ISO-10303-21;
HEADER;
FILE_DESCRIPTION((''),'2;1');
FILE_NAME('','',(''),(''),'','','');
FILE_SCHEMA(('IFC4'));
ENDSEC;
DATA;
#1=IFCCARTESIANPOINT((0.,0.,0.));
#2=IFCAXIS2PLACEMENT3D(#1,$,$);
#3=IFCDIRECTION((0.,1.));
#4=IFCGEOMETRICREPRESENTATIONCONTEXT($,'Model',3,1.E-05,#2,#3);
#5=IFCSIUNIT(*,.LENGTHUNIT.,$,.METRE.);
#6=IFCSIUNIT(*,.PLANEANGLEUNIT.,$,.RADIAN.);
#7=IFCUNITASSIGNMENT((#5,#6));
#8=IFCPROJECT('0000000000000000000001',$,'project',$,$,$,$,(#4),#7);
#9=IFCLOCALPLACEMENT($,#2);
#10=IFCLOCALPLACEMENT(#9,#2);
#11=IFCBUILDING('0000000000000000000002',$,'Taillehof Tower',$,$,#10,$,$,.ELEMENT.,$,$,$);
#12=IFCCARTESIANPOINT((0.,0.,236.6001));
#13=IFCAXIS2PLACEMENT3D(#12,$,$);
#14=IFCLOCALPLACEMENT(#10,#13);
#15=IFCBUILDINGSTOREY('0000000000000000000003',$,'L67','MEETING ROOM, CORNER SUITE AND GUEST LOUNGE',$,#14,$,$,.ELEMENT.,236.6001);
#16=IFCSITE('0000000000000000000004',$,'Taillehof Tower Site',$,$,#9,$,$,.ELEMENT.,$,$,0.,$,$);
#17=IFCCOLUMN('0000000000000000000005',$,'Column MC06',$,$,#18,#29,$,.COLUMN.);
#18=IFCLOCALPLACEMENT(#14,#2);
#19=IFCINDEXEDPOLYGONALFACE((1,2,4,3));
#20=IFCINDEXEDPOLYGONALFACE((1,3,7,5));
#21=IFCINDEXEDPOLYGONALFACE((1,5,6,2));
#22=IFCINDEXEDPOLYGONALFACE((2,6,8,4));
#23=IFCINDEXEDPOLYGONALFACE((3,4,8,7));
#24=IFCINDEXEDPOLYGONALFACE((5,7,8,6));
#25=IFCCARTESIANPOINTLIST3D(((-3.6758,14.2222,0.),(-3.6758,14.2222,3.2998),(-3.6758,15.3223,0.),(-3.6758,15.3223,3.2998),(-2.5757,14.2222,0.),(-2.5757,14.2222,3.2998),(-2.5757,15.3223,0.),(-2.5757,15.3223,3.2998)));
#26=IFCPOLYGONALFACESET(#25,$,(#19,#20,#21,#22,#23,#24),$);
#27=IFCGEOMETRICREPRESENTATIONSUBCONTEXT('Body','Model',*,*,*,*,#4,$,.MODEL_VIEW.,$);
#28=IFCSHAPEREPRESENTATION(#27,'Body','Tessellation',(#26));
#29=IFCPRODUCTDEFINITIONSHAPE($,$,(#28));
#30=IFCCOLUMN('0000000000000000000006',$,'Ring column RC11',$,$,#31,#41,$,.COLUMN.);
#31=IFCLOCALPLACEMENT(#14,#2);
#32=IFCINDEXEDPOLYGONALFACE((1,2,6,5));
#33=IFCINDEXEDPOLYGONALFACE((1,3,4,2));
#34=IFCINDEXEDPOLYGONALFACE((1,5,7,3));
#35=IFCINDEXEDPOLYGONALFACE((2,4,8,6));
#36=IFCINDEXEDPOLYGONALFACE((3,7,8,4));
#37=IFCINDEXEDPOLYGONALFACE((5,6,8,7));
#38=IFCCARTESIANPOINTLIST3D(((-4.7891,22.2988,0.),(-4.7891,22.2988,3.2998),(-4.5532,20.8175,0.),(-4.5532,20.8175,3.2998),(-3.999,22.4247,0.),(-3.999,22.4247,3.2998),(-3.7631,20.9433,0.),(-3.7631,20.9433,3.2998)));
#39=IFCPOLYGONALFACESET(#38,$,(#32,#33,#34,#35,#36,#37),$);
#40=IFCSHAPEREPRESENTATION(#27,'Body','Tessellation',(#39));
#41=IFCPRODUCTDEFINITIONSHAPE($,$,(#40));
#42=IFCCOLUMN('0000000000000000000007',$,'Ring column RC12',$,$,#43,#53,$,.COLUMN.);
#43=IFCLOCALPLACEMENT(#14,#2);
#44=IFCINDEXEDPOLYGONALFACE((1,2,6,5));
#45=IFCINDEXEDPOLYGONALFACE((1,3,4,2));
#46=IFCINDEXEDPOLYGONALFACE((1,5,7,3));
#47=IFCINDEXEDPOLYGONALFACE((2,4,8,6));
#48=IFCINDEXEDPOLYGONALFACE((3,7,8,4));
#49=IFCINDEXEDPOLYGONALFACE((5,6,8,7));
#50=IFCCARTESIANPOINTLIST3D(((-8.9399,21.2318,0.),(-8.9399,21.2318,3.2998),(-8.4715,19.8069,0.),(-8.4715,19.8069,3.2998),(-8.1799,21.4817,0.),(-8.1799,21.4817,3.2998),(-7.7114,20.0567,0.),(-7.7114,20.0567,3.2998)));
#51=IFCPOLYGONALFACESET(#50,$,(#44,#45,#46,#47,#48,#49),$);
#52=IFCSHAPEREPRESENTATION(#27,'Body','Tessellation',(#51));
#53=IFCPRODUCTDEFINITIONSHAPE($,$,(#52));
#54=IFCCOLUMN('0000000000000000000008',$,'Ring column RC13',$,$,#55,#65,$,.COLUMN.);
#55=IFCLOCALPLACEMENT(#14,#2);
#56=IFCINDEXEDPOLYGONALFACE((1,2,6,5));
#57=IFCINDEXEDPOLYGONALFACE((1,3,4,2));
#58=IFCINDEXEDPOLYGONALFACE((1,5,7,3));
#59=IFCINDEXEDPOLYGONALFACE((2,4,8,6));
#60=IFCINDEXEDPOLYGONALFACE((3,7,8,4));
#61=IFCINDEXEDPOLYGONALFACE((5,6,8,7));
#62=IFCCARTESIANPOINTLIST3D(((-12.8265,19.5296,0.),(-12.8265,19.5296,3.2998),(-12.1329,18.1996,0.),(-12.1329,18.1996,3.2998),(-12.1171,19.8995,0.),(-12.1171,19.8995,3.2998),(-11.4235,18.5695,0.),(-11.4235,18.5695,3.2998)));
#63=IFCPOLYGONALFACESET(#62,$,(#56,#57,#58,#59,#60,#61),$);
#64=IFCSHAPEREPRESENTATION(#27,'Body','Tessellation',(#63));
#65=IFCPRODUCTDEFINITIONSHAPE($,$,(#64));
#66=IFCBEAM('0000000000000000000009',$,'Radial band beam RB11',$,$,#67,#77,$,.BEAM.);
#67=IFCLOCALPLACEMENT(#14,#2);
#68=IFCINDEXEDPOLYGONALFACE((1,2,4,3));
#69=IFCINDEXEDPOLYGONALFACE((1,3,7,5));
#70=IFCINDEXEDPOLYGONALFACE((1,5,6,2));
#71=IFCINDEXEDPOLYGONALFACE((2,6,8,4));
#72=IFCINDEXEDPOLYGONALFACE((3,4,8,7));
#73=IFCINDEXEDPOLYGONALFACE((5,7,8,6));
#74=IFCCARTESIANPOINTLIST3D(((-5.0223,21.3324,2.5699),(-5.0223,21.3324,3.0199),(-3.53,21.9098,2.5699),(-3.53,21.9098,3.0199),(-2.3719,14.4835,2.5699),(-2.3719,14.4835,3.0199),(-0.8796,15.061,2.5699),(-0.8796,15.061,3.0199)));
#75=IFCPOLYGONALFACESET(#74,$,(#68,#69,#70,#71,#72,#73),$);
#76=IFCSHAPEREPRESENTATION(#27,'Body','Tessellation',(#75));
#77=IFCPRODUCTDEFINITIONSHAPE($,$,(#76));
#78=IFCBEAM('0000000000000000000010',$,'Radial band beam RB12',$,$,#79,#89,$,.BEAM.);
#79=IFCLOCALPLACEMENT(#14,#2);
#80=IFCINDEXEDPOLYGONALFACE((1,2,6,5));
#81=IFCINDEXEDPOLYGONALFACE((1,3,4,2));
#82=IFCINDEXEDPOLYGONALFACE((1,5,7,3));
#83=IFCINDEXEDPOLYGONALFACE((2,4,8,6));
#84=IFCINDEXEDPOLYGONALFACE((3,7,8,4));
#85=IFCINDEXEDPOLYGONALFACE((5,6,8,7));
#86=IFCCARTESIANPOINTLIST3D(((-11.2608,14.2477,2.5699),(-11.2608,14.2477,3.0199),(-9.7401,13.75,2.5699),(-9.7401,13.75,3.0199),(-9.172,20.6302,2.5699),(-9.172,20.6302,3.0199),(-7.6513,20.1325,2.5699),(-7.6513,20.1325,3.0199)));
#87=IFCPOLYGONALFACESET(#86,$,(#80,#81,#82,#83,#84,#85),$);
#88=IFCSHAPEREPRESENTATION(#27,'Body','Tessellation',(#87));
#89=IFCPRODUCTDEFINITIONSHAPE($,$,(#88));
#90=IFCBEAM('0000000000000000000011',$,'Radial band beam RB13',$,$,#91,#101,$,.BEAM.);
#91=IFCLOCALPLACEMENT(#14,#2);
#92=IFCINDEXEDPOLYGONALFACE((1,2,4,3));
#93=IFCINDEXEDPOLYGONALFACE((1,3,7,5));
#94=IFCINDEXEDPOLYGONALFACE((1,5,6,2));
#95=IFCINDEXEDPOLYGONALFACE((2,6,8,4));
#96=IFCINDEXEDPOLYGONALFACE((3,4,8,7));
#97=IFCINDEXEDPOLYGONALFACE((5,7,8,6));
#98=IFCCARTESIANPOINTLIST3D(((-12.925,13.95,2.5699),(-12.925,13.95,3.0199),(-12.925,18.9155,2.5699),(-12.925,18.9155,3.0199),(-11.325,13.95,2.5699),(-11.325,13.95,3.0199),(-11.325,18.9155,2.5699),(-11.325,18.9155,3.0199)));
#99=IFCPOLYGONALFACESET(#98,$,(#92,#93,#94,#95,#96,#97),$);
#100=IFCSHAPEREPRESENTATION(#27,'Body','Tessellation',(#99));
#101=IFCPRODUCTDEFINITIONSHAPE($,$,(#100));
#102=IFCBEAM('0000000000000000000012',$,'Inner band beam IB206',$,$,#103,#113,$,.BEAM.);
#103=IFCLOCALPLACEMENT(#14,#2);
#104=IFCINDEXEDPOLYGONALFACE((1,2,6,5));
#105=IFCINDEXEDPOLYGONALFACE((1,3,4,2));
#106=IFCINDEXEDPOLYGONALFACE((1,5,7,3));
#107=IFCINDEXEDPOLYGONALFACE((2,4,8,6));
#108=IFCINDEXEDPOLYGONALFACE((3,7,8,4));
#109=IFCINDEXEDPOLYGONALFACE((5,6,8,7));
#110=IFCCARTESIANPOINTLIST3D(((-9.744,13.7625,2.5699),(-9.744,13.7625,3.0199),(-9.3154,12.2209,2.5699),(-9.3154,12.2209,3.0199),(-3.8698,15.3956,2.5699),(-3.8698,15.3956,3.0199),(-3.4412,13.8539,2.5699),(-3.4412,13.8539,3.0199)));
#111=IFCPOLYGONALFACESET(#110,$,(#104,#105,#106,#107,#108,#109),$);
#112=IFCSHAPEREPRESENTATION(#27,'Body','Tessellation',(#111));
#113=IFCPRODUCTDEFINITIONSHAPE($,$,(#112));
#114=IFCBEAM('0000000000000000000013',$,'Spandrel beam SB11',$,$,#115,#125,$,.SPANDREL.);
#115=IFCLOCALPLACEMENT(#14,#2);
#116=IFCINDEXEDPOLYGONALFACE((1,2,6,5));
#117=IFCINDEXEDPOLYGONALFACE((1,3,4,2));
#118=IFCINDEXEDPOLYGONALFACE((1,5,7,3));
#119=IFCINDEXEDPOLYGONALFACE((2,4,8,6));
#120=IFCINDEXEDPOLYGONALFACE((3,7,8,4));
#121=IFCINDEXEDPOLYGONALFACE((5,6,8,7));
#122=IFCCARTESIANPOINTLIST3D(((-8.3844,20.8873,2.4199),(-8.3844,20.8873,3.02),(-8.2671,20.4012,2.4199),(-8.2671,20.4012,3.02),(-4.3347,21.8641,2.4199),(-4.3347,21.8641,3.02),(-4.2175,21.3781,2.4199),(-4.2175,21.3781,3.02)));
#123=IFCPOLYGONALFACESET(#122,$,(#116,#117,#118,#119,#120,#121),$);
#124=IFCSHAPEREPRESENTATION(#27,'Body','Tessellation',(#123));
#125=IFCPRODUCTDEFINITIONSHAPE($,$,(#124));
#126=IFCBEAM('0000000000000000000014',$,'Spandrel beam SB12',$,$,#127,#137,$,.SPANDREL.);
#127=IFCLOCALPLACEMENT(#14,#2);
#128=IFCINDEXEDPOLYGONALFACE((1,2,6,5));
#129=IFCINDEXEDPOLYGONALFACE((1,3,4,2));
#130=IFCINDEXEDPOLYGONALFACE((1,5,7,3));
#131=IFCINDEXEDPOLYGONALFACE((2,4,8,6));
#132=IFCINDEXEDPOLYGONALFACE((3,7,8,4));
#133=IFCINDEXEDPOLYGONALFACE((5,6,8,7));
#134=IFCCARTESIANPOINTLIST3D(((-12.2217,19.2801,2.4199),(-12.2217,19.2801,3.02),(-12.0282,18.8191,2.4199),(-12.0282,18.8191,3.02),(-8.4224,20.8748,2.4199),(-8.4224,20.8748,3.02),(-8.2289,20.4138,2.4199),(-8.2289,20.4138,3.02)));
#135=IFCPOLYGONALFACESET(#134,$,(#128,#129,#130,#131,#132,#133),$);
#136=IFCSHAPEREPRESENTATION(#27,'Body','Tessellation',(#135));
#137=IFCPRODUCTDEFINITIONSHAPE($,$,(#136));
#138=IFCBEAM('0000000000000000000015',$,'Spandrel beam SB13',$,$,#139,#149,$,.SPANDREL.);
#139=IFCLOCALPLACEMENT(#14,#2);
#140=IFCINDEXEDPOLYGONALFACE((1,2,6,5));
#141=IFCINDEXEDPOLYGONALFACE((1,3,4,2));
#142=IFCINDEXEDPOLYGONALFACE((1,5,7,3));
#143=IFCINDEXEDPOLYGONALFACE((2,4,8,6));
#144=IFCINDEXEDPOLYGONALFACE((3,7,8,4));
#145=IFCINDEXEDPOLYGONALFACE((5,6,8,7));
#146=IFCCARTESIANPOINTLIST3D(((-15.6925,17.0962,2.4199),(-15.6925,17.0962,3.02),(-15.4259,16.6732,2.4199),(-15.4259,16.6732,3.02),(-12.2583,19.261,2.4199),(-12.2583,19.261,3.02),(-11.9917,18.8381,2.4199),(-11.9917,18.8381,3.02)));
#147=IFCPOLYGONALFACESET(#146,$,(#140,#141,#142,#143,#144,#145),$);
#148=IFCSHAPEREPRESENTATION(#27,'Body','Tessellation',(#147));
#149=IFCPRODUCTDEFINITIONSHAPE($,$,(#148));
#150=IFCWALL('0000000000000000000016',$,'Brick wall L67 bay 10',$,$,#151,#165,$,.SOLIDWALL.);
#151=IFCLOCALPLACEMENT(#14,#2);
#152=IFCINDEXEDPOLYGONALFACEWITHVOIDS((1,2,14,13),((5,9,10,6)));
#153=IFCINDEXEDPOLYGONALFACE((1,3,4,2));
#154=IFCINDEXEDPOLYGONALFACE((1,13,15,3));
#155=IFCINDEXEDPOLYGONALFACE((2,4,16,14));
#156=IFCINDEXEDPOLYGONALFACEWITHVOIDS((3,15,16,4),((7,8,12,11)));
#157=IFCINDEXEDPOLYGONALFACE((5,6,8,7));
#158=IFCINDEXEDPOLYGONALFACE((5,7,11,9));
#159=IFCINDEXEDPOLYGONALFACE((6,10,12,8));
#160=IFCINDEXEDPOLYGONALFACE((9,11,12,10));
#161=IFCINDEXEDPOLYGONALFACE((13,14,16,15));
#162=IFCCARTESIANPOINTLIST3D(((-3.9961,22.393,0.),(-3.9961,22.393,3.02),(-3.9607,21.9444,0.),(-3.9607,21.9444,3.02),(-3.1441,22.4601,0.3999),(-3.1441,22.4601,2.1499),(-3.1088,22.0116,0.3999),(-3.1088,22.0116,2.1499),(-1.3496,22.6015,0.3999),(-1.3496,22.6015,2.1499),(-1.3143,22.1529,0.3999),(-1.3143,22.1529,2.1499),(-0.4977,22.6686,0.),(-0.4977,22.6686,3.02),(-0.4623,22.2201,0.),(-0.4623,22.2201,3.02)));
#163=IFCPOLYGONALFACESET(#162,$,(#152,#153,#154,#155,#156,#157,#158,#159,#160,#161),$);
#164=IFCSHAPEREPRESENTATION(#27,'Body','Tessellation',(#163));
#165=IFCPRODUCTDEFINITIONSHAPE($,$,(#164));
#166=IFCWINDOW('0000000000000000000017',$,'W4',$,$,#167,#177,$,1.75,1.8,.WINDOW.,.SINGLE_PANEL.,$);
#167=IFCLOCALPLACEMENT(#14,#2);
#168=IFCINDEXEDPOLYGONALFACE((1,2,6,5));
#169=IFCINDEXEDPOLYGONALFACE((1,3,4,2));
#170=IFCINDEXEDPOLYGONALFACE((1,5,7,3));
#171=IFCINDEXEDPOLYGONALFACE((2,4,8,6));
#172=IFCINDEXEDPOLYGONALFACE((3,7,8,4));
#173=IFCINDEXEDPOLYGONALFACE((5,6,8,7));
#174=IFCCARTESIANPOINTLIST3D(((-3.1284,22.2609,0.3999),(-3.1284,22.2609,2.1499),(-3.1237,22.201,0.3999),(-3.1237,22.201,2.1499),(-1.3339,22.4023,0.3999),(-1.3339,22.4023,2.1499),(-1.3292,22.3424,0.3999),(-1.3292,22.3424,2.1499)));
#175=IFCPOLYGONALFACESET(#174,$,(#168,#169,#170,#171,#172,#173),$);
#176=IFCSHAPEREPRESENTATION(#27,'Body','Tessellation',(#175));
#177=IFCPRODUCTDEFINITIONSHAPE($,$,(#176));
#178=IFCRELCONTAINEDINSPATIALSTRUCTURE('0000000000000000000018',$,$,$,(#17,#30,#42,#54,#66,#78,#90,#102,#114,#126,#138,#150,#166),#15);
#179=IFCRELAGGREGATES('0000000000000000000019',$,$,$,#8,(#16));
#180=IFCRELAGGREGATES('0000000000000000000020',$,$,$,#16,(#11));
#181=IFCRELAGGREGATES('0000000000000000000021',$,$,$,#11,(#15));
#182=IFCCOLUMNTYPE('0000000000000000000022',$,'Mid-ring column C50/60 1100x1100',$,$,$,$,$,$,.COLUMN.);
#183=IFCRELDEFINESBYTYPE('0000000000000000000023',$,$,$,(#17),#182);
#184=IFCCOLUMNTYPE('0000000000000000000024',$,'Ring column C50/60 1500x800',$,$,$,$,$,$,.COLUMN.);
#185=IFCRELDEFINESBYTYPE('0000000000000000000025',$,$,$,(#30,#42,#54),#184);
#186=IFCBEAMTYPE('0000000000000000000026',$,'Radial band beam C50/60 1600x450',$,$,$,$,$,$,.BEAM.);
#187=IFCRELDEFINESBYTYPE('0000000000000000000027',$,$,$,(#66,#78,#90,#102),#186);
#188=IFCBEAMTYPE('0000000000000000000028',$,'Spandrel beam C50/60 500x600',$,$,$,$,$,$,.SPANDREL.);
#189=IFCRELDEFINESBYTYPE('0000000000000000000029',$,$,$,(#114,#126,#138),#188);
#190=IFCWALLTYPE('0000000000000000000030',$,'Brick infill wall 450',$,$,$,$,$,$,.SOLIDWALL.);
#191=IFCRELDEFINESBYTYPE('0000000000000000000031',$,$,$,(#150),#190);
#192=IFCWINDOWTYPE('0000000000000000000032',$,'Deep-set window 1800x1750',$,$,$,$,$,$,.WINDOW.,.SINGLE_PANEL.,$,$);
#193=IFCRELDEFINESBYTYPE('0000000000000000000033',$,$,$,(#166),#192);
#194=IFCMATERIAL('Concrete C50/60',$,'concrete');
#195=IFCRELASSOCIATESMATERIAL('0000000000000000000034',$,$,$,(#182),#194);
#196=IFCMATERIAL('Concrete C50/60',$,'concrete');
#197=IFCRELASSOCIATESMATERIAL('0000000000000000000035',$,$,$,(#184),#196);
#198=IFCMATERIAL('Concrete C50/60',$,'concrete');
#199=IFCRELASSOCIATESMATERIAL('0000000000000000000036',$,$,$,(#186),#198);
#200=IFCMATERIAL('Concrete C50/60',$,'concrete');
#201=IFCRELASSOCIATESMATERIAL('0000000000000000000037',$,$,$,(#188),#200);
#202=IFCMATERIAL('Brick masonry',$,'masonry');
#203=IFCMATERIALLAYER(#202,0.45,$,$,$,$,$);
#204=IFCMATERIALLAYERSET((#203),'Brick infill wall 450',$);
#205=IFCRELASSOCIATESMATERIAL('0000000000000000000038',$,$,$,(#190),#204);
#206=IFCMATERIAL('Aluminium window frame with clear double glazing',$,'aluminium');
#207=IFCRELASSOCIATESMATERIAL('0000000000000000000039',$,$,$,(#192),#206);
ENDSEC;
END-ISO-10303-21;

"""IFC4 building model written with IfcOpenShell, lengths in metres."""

from ifc_helpers import new_model, si_unit, direction, frame, frame_2d, origin, origin_2d, place, context, subcontext, project, spatial, rectangle, extrude, material, layer, layer_set, material_profile, profile_set, type_object, element, fill, save


model = new_model("IFC4")

# Units and contexts
model_context = context("Model", 3, precision=1e-05, world=origin(), true_north=direction((0.0, 1.0)))
body_context = subcontext(model_context, "Body", "Model", "MODEL_VIEW")
ifc_project = project(units=[si_unit("LENGTHUNIT", "METRE"), si_unit("PLANEANGLEUNIT", "RADIAN")], contexts=[model_context])

# Site, building, storey
site_placement = place(None, origin())
site = spatial("IfcSite", under=ifc_project, at=site_placement, Name="Taillehof Tower Site", CompositionType="ELEMENT", RefElevation=0.0)
building_placement = place(site_placement, origin())
building = spatial("IfcBuilding", under=site, at=building_placement, Name="Taillehof Tower", CompositionType="ELEMENT")
storey_placement = place(building_placement, frame((0.0, 0.0, 236.6001)))
storey = spatial("IfcBuildingStorey", under=building, at=storey_placement, Name="L67", Description="MEETING ROOM, CORNER SUITE AND GUEST LOUNGE", CompositionType="ELEMENT", Elevation=236.6001)

# Columns
ifc_material_1 = material(Name="Concrete C50/60", Category="concrete")
ifc_material_profile_1 = material_profile(ifc_material_1, rectangle(XDim=1.1001, YDim=1.1001, at=origin_2d()), Name="RC 1100x1100")
ifc_profile_set_1 = profile_set([ifc_material_profile_1], Name="Concrete C50/60")
column_type_1 = type_object("IfcColumnType", Name="Mid-ring column C50/60 1100x1100", PredefinedType="COLUMN", material=ifc_profile_set_1)
column_placement = place(storey_placement, frame((-3.1257, 14.7722, 0.0), z_axis=(0.0, 0.0, 1.0), x_axis=(1.0, 0.0, 0.0)))
element("IfcColumn", 1, at=column_placement, inside=storey, type_object=column_type_1, Name="Column MC06", PredefinedType="COLUMN", context=body_context, shape_type="SweptSolid", body=[
    extrude(rectangle(XDim=1.1001, YDim=1.1001, at=origin_2d()), origin(), (0.0, 0.0, 1.0), 3.2998),
])
ifc_material_2 = material(Name="Concrete C50/60", Category="concrete")
ifc_material_profile_2 = material_profile(ifc_material_2, rectangle(XDim=1.5, YDim=0.8, at=origin_2d()), Name="RC 1500x800")
ifc_profile_set_2 = profile_set([ifc_material_profile_2], Name="Concrete C50/60")
column_type_2 = type_object("IfcColumnType", Name="Ring column C50/60 1500x800", PredefinedType="COLUMN", material=ifc_profile_set_2)
for number, where, z_axis, x_axis, name in (
    (2, (-4.2761, 21.6211, 0.0), (0.0, 0.0, 1.0), (-0.157281, 0.987554, 0.0), "Ring column RC11"),
    (3, (-8.3257, 20.6443, 0.0), (0.0, 0.0, 1.0), (-0.312304, 0.949982, 0.0), "Ring column RC12"),
    (4, (-12.125, 19.0496, 0.0), (0.0, 0.0, 1.0), (-0.462384, 0.88668, 0.0), "Ring column RC13"),
):
    element("IfcColumn", number, at=place(storey_placement, frame(where, z_axis=z_axis, x_axis=x_axis)), inside=storey, type_object=column_type_2, Name=name, PredefinedType="COLUMN", context=body_context, shape_type="SweptSolid", body=[
        extrude(rectangle(XDim=1.5, YDim=0.8, at=origin_2d()), origin(), (0.0, 0.0, 1.0), 3.2998),
    ])

# Beams
ifc_material_3 = material(Name="Concrete C50/60", Category="concrete")
ifc_material_profile_3 = material_profile(ifc_material_3, rectangle(XDim=1.6001, YDim=0.45, at=origin_2d()), Name="RC 1600x450")
ifc_profile_set_3 = profile_set([ifc_material_profile_3], Name="Concrete C50/60")
beam_type_1 = type_object("IfcBeamType", Name="Radial band beam C50/60 1600x450", PredefinedType="BEAM", material=ifc_profile_set_3)
beam_1_placement = place(storey_placement, frame((-4.2761, 21.6211, 2.7949), z_axis=(0.360901, -0.932604, 0.0), x_axis=(0.932604, 0.360901, 0.0)))
element("IfcBeam", 5, at=beam_1_placement, inside=storey, type_object=beam_type_1, Name="Radial band beam RB11", PredefinedType="BEAM", context=body_context, shape_type="SweptSolid", body=[
    extrude(rectangle(XDim=1.6001, YDim=0.45, at=origin_2d()), origin(), (0.0, 0.0, 1.0), 7.3438),
])
beam_2_placement = place(storey_placement, frame((-8.4116, 20.3813, 2.7949), z_axis=(-0.311043, -0.950396, 0.0), x_axis=(0.950396, -0.311043, 0.0)))
element("IfcBeam", 6, at=beam_2_placement, inside=storey, type_object=beam_type_1, Name="Radial band beam RB12", PredefinedType="BEAM", context=body_context, shape_type="SweptSolid", body=[
    extrude(rectangle(XDim=1.6001, YDim=0.45, at=origin_2d()), origin(), (0.0, 0.0, 1.0), 6.7156),
])
beam_3_placement = place(storey_placement, frame((-12.125, 18.9155, 2.7949), z_axis=(0.0, -1.0, 0.0), x_axis=(1.0, 0.0, 0.0)))
element("IfcBeam", 7, at=beam_3_placement, inside=storey, type_object=beam_type_1, Name="Radial band beam RB13", PredefinedType="BEAM", context=body_context, shape_type="SweptSolid", body=[
    extrude(rectangle(XDim=1.6001, YDim=0.45, at=origin_2d()), origin(), (0.0, 0.0, 1.0), 4.9656),
])
beam_4_placement = place(storey_placement, frame((-3.6555, 14.6248, 2.7949), z_axis=(-0.963459, -0.267855, 0.0), x_axis=(0.267855, -0.963459, 0.0)))
element("IfcBeam", 8, at=beam_4_placement, inside=storey, type_object=beam_type_1, Name="Inner band beam IB206", PredefinedType="BEAM", context=body_context, shape_type="SweptSolid", body=[
    extrude(rectangle(XDim=1.6001, YDim=0.45, at=origin_2d()), origin(), (0.0, 0.0, 1.0), 6.0969),
])
ifc_material_4 = material(Name="Concrete C50/60", Category="concrete")
ifc_material_profile_4 = material_profile(ifc_material_4, rectangle(XDim=0.5, YDim=0.6001, at=origin_2d()), Name="RC 500x600")
ifc_profile_set_4 = profile_set([ifc_material_profile_4], Name="Concrete C50/60")
beam_type_2 = type_object("IfcBeamType", Name="Spandrel beam C50/60 500x600", PredefinedType="SPANDREL", material=ifc_profile_set_4)
beam_5_placement = place(storey_placement, frame((-4.2761, 21.6211, 2.72), z_axis=(-0.972119, -0.234488, 0.0), x_axis=(0.234488, -0.972119, 0.0)))
element("IfcBeam", 9, at=beam_5_placement, inside=storey, type_object=beam_type_2, Name="Spandrel beam SB11", PredefinedType="SPANDREL", context=body_context, shape_type="SweptSolid", body=[
    extrude(rectangle(XDim=0.5, YDim=0.6001, at=origin_2d()), origin(), (0.0, 0.0, 1.0), 4.1658),
])
beam_6_placement = place(storey_placement, frame((-8.3257, 20.6443, 2.72), z_axis=(-0.922068, -0.387029, 0.0), x_axis=(0.387029, -0.922068, 0.0)))
element("IfcBeam", 10, at=beam_6_placement, inside=storey, type_object=beam_type_2, Name="Spandrel beam SB12", PredefinedType="SPANDREL", context=body_context, shape_type="SweptSolid", body=[
    extrude(rectangle(XDim=0.5, YDim=0.6001, at=origin_2d()), origin(), (0.0, 0.0, 1.0), 4.1204),
])
beam_7_placement = place(storey_placement, frame((-12.125, 19.0496, 2.72), z_axis=(-0.845944, -0.533271, 0.0), x_axis=(0.533271, -0.845944, 0.0)))
element("IfcBeam", 11, at=beam_7_placement, inside=storey, type_object=beam_type_2, Name="Spandrel beam SB13", PredefinedType="SPANDREL", context=body_context, shape_type="SweptSolid", body=[
    extrude(rectangle(XDim=0.5, YDim=0.6001, at=origin_2d()), origin(), (0.0, 0.0, 1.0), 4.0596),
])

# Wall, opening, window
ifc_material_5 = material(Name="Brick masonry", Category="masonry")
ifc_layer_1 = layer(ifc_material_5, 0.45)
ifc_layer_set_1 = layer_set([ifc_layer_1], Name="Brick infill wall 450")
wall_type_1 = type_object("IfcWallType", Name="Brick infill wall 450", PredefinedType="SOLIDWALL", material=ifc_layer_set_1)
wall_1_placement = place(storey_placement, frame((-0.48, 22.4443, 0.0), z_axis=(0.0, 0.0, 1.0), x_axis=(-0.996911, -0.078542, 0.0)))
wall_1 = element("IfcWall", 12, at=wall_1_placement, inside=storey, type_object=wall_type_1, Name="Brick wall L67 bay 10", PredefinedType="SOLIDWALL", context=body_context, shape_type="SweptSolid", body=[
    extrude(rectangle(XDim=3.5093, YDim=0.45, at=frame_2d((1.7546, 0.0))), origin(), (0.0, 0.0, 1.0), 3.02),
])
opening_1_placement = place(wall_1_placement, frame((0.8547, 0.0, 0.3999)))
opening_1 = element("IfcOpeningElement", 13, at=opening_1_placement, cuts=wall_1, PredefinedType="OPENING", context=body_context, shape_type="SweptSolid", body=[
    extrude(rectangle(XDim=1.8, YDim=1.75, at=frame_2d((0.8999, 0.875))), frame((0.0, 0.2349, 0.0), z_axis=(0.0, -1.0, 0.0), x_axis=(1.0, 0.0, 0.0)), (0.0, 0.0, 1.0), 0.47),
])
ifc_material_6 = material(Name="Aluminium window frame with clear double glazing", Category="aluminium")
window_type = type_object("IfcWindowType", Name="Deep-set window 1800x1750", PartitioningType="SINGLE_PANEL", PredefinedType="WINDOW", material=ifc_material_6)
window_1_placement = place(opening_1_placement, origin())
window_1 = element("IfcWindow", 14, at=window_1_placement, inside=storey, type_object=window_type, Name="W4", OverallHeight=1.75, OverallWidth=1.8, PartitioningType="SINGLE_PANEL", PredefinedType="WINDOW", context=body_context, shape_type="SweptSolid", body=[
    extrude(rectangle(XDim=1.8, YDim=1.75, at=frame_2d((0.8999, 0.875))), frame((0.0, 0.0349, 0.0), z_axis=(0.0, -1.0, 0.0), x_axis=(1.0, 0.0, 0.0)), (0.0, 0.0, 1.0), 0.0601),
])
fill(opening_1, window_1)

save(model, "model.ifc")
